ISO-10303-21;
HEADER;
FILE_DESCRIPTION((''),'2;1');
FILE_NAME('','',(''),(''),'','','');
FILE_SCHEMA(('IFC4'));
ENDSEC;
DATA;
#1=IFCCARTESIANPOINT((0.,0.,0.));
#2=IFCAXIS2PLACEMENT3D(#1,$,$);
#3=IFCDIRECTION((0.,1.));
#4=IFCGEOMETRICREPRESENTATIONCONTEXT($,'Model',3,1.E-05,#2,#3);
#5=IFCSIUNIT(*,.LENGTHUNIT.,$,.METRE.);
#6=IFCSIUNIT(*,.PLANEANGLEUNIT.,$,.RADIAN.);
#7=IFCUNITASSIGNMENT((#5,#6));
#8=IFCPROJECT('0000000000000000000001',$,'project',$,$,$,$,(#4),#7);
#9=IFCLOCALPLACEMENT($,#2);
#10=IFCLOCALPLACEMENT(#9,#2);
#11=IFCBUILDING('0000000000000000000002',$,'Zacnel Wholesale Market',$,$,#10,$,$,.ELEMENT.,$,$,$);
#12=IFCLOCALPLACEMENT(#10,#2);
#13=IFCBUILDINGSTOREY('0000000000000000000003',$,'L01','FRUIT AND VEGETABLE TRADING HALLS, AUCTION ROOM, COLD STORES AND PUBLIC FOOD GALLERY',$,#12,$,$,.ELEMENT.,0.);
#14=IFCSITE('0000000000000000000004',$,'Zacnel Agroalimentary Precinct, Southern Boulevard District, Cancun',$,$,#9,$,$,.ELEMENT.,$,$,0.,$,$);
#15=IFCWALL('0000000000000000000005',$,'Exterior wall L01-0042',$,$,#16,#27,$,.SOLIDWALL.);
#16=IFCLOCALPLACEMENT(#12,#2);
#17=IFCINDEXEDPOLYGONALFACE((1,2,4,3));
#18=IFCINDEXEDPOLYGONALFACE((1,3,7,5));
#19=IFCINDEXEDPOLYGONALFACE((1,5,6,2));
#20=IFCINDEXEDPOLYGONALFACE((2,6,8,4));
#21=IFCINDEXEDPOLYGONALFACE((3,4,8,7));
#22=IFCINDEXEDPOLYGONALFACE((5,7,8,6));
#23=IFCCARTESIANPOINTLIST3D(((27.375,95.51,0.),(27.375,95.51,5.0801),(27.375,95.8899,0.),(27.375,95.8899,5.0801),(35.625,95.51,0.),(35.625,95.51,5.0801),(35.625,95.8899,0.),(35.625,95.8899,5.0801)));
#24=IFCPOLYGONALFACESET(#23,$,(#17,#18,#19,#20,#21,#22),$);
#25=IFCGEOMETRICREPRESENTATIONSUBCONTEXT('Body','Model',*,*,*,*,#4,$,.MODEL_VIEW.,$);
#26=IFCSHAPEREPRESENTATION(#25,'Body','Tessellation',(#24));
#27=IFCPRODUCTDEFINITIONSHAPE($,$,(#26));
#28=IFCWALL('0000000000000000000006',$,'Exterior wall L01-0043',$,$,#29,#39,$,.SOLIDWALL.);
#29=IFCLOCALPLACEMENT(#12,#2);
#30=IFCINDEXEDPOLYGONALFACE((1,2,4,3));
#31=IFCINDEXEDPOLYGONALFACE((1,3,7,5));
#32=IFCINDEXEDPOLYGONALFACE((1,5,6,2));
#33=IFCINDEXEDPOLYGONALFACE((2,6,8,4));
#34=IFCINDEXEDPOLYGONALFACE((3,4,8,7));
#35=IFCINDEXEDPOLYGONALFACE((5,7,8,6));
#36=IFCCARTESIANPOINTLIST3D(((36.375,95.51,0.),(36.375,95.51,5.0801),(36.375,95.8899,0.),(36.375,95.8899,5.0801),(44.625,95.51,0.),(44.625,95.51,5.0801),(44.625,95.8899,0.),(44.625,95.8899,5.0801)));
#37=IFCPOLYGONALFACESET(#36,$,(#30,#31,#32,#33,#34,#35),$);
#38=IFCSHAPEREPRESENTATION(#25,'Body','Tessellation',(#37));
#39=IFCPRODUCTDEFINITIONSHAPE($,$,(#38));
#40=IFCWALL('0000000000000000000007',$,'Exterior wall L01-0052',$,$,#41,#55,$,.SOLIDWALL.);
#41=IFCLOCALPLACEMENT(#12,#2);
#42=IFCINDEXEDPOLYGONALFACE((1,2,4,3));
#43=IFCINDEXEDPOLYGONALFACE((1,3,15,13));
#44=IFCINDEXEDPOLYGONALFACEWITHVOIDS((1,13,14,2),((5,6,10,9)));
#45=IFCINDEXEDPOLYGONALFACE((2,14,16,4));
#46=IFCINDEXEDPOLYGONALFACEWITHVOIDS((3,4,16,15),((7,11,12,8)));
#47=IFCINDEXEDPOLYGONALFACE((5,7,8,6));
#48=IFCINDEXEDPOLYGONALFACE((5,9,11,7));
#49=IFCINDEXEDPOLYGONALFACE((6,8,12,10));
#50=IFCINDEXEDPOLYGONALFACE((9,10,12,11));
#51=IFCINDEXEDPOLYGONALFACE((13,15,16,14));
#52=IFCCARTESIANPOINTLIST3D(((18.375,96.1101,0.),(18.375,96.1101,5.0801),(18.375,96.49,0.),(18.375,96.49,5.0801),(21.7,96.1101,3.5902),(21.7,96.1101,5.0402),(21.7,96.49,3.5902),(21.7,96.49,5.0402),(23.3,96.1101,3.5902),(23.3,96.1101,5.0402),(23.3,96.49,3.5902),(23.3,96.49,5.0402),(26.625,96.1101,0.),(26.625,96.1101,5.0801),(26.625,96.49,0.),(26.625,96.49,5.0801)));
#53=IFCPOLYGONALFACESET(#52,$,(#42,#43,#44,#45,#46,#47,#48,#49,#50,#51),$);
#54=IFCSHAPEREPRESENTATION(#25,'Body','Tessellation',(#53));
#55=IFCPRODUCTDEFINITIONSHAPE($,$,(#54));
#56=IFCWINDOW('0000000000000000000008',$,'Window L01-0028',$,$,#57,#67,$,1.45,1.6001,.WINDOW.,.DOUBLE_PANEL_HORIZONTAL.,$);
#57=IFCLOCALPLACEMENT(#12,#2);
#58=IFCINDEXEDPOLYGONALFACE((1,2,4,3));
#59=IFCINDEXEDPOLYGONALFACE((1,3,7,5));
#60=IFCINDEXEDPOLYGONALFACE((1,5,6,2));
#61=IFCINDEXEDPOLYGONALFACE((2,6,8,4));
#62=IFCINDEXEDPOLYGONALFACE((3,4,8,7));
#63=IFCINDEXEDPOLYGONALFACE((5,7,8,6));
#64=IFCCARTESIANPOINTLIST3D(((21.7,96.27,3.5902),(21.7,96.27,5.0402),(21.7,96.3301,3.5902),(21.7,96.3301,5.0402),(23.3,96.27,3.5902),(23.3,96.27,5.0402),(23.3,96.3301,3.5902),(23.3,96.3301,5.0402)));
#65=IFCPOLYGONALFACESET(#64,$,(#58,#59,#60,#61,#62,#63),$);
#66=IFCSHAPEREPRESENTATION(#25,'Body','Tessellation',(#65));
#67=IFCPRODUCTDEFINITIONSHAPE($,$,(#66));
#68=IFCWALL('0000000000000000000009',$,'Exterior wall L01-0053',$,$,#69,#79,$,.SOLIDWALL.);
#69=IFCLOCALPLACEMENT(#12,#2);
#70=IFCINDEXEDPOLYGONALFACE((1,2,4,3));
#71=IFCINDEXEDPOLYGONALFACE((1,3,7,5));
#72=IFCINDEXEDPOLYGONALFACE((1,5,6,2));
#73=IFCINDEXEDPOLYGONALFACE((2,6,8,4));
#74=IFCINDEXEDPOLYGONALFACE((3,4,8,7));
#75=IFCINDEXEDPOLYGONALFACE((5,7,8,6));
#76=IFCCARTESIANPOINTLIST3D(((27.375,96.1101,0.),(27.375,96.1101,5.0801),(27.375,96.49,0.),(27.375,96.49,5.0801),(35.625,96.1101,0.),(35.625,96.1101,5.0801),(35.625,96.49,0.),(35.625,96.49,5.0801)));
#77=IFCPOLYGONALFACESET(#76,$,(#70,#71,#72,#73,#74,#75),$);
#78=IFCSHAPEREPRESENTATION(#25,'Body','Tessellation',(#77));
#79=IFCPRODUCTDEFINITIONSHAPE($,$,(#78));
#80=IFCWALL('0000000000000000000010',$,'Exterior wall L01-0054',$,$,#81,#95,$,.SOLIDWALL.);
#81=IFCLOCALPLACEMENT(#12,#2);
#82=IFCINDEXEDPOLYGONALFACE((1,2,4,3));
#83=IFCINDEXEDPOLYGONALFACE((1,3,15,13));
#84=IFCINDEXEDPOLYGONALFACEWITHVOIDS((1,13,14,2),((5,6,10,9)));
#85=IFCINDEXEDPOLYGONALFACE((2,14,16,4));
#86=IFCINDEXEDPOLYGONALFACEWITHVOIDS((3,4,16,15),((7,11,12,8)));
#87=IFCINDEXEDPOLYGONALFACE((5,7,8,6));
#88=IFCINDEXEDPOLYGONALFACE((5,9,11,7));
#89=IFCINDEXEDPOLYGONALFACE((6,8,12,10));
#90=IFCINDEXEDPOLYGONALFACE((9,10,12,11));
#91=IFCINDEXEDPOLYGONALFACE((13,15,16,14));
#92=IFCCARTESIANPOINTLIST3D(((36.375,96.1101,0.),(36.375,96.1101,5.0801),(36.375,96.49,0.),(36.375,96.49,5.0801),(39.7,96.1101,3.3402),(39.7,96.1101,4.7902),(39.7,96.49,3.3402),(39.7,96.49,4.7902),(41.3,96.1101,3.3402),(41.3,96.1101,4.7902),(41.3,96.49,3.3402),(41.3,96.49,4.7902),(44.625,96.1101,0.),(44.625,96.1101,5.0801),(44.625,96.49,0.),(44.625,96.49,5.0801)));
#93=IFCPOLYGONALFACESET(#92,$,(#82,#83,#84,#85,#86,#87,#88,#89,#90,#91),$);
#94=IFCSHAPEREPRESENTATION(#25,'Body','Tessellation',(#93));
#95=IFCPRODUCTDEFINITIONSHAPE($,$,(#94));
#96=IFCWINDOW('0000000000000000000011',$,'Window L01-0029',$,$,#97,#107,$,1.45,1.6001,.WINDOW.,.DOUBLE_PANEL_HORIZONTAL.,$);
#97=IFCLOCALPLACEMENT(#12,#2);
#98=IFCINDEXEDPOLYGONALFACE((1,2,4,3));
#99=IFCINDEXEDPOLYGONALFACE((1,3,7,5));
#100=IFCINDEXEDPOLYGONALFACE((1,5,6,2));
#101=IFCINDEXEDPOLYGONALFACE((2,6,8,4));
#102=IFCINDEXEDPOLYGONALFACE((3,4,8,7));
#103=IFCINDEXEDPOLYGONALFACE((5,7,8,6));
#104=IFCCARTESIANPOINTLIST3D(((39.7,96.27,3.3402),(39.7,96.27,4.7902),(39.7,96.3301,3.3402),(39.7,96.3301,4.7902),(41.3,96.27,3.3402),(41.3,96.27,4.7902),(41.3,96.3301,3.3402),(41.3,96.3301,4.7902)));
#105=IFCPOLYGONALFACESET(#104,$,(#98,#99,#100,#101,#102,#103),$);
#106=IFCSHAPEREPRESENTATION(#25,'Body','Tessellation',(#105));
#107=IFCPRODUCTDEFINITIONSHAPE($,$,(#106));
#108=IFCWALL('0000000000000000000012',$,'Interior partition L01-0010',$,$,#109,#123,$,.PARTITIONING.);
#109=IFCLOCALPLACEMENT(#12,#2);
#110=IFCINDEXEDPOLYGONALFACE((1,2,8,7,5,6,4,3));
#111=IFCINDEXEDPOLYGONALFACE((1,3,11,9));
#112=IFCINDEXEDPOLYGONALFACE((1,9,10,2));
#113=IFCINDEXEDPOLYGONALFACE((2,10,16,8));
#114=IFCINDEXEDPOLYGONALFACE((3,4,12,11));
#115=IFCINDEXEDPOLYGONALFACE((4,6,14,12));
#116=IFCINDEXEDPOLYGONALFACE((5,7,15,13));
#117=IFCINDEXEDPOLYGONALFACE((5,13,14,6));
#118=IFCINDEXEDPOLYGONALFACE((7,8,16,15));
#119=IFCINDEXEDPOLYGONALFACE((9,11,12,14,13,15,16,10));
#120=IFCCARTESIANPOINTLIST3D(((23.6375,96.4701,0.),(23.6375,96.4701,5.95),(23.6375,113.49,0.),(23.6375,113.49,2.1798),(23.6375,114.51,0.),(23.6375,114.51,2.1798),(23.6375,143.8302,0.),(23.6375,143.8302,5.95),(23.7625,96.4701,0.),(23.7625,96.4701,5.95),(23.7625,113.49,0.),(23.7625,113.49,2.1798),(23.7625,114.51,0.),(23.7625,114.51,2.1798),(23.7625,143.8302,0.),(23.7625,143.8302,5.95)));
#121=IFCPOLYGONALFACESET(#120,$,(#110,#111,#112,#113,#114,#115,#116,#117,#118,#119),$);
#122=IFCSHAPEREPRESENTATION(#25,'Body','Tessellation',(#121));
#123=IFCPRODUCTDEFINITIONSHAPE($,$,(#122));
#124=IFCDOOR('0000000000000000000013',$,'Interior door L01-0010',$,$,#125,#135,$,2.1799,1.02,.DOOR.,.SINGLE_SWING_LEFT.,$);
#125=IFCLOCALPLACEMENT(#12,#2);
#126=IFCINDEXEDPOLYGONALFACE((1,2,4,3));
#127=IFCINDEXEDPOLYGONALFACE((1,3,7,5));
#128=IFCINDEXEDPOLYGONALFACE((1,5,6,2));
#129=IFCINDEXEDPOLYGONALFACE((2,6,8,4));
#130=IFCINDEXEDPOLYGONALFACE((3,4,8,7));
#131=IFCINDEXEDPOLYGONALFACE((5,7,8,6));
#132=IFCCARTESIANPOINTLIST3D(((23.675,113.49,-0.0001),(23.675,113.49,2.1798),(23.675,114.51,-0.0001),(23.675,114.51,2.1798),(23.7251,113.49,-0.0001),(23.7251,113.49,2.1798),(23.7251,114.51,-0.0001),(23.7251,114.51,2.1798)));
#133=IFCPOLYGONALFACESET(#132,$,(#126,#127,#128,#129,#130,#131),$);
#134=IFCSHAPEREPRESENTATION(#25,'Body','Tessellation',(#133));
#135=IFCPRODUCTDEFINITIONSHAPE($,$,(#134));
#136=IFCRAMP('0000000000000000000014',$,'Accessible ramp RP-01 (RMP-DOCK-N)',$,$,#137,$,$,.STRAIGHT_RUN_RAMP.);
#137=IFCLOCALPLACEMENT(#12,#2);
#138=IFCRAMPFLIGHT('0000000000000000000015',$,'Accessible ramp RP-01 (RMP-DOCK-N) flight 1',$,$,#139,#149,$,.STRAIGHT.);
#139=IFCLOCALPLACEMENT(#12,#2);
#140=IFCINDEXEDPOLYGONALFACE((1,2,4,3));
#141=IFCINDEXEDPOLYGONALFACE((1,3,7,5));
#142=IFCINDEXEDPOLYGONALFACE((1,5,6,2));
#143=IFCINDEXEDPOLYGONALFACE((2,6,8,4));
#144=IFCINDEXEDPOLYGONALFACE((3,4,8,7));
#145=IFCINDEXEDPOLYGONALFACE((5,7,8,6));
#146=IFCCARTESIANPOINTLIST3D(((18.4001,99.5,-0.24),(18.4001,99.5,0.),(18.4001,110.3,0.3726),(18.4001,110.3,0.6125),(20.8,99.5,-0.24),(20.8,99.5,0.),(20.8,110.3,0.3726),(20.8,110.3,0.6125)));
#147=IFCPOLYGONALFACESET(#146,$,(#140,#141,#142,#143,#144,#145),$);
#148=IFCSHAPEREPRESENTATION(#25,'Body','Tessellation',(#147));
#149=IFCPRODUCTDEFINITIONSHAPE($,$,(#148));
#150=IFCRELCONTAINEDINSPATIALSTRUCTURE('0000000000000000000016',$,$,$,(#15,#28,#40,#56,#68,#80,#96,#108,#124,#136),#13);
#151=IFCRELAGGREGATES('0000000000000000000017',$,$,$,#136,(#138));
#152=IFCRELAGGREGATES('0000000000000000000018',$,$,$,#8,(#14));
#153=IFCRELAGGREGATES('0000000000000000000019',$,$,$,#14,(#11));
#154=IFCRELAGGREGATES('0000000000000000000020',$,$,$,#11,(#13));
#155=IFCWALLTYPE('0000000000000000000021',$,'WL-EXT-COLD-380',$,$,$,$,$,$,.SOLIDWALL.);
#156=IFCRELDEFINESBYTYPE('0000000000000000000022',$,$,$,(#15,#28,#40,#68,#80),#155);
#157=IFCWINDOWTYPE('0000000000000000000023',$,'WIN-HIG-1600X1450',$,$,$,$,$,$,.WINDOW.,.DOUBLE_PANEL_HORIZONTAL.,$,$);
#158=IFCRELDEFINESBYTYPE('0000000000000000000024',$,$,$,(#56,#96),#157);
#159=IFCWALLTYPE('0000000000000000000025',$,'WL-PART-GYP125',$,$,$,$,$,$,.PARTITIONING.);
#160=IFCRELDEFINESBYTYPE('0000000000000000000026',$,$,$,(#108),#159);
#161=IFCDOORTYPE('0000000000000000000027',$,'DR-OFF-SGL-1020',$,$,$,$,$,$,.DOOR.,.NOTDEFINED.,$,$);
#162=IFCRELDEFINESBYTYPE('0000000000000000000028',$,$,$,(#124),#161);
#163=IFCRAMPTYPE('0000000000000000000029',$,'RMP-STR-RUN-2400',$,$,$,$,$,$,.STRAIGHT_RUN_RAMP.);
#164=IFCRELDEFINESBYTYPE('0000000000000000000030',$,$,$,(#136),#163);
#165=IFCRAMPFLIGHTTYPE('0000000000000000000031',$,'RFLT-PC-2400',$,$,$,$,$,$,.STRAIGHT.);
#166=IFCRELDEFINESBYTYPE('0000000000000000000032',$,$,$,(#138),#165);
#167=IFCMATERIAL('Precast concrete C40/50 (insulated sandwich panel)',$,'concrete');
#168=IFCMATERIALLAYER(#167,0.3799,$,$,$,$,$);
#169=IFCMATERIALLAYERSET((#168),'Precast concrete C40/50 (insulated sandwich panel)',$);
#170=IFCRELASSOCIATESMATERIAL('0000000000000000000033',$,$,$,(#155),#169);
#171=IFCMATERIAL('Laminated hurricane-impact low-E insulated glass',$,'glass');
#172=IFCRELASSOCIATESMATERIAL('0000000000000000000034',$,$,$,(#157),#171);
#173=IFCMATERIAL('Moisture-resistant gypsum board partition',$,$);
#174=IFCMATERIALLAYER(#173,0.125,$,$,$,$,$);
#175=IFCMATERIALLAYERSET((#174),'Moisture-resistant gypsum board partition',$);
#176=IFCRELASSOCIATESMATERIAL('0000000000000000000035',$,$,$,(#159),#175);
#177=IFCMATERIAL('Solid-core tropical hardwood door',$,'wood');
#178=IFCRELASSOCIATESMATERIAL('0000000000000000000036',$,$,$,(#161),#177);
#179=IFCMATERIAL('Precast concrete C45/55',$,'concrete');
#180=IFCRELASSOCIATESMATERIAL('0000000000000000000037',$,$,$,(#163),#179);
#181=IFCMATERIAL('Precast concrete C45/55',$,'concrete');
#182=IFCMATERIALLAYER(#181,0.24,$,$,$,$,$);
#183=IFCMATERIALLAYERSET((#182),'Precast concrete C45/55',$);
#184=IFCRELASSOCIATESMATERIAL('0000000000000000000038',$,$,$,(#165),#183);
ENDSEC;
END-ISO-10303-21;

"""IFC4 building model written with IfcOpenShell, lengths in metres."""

from ifc_helpers import new_model, si_unit, direction, frame, frame_2d, origin, place, context, subcontext, project, spatial, polyline, rectangle, outline, extrude, material, layer, layer_set, type_object, element, fill, aggregate, save


model = new_model("IFC4")

# Units and contexts
model_context = context("Model", 3, precision=1e-05, world=origin(), true_north=direction((0.0, 1.0)))
body_context = subcontext(model_context, "Body", "Model", "MODEL_VIEW")
ifc_project = project(units=[si_unit("LENGTHUNIT", "METRE"), si_unit("PLANEANGLEUNIT", "RADIAN")], contexts=[model_context])

# Site, building, storey
site_placement = place(None, origin())
site = spatial("IfcSite", under=ifc_project, at=site_placement, Name="Zacnel Agroalimentary Precinct, Southern Boulevard District, Cancun", CompositionType="ELEMENT", RefElevation=0.0)
building_placement = place(site_placement, origin())
building = spatial("IfcBuilding", under=site, at=building_placement, Name="Zacnel Wholesale Market", CompositionType="ELEMENT")
storey_placement = place(building_placement, origin())
storey = spatial("IfcBuildingStorey", under=building, at=storey_placement, Name="L01", Description="FRUIT AND VEGETABLE TRADING HALLS, AUCTION ROOM, COLD STORES AND PUBLIC FOOD GALLERY", CompositionType="ELEMENT", Elevation=0.0)

# Walls
ifc_material_1 = material(Name="Precast concrete C40/50 (insulated sandwich panel)", Category="concrete")
ifc_layer_1 = layer(ifc_material_1, 0.3799)
ifc_layer_set_1 = layer_set([ifc_layer_1], Name="Precast concrete C40/50 (insulated sandwich panel)")
wall_type_1 = type_object("IfcWallType", Name="WL-EXT-COLD-380", PredefinedType="SOLIDWALL", material=ifc_layer_set_1)
for number, where, z_axis, x_axis, name in (
    (1, (27.375, 95.7, 0.0), (0.0, 0.0, 1.0), (1.0, 0.0, 0.0), "Exterior wall L01-0042"),
    (2, (36.375, 95.7, 0.0), (0.0, 0.0, 1.0), (1.0, 0.0, 0.0), "Exterior wall L01-0043"),
):
    element("IfcWall", number, at=place(storey_placement, frame(where, z_axis=z_axis, x_axis=x_axis)), inside=storey, type_object=wall_type_1, Name=name, PredefinedType="SOLIDWALL", context=body_context, shape_type="SweptSolid", body=[
        extrude(rectangle(XDim=8.25, YDim=0.3799, at=frame_2d((4.125, 0.0))), origin(), (0.0, 0.0, 1.0), 5.0801),
    ])

# Wall, opening, window
wall_1_placement = place(storey_placement, frame((18.375, 96.3, 0.0), z_axis=(0.0, 0.0, 1.0), x_axis=(1.0, 0.0, 0.0)))
wall_1 = element("IfcWall", 3, at=wall_1_placement, inside=storey, type_object=wall_type_1, Name="Exterior wall L01-0052", PredefinedType="SOLIDWALL", context=body_context, shape_type="SweptSolid", body=[
    extrude(rectangle(XDim=8.25, YDim=0.3799, at=frame_2d((4.125, 0.0))), origin(), (0.0, 0.0, 1.0), 5.0801),
])
opening_1_placement = place(wall_1_placement, frame((3.325, 0.0, 3.5901)))
opening_1 = element("IfcOpeningElement", 4, at=opening_1_placement, cuts=wall_1, PredefinedType="OPENING", context=body_context, shape_type="SweptSolid", body=[
    extrude(rectangle(XDim=1.6001, YDim=1.45, at=frame_2d((0.8, 0.7251))), frame((0.0, 0.2, 0.0), z_axis=(0.0, -1.0, 0.0), x_axis=(1.0, 0.0, 0.0)), (0.0, 0.0, 1.0), 0.3999),
])
ifc_material_2 = material(Name="Laminated hurricane-impact low-E insulated glass", Category="glass")
window_type = type_object("IfcWindowType", Name="WIN-HIG-1600X1450", PartitioningType="DOUBLE_PANEL_HORIZONTAL", PredefinedType="WINDOW", material=ifc_material_2)
window_1_placement = place(opening_1_placement, origin())
window_1 = element("IfcWindow", 5, at=window_1_placement, inside=storey, type_object=window_type, Name="Window L01-0028", OverallHeight=1.45, OverallWidth=1.6001, PartitioningType="DOUBLE_PANEL_HORIZONTAL", PredefinedType="WINDOW", context=body_context, shape_type="SweptSolid", body=[
    extrude(rectangle(XDim=1.6001, YDim=1.45, at=frame_2d((0.8, 0.7251))), frame((0.0, 0.03, 0.0), z_axis=(0.0, -1.0, 0.0), x_axis=(1.0, 0.0, 0.0)), (0.0, 0.0, 1.0), 0.0601),
])
fill(opening_1, window_1)

# Wall
wall_2_placement = place(storey_placement, frame((27.375, 96.3, 0.0), z_axis=(0.0, 0.0, 1.0), x_axis=(1.0, 0.0, 0.0)))
element("IfcWall", 6, at=wall_2_placement, inside=storey, type_object=wall_type_1, Name="Exterior wall L01-0053", PredefinedType="SOLIDWALL", context=body_context, shape_type="SweptSolid", body=[
    extrude(rectangle(XDim=8.25, YDim=0.3799, at=frame_2d((4.125, 0.0))), origin(), (0.0, 0.0, 1.0), 5.0801),
])

# Wall, opening, window
wall_3_placement = place(storey_placement, frame((36.375, 96.3, 0.0), z_axis=(0.0, 0.0, 1.0), x_axis=(1.0, 0.0, 0.0)))
wall_3 = element("IfcWall", 7, at=wall_3_placement, inside=storey, type_object=wall_type_1, Name="Exterior wall L01-0054", PredefinedType="SOLIDWALL", context=body_context, shape_type="SweptSolid", body=[
    extrude(rectangle(XDim=8.25, YDim=0.3799, at=frame_2d((4.125, 0.0))), origin(), (0.0, 0.0, 1.0), 5.0801),
])
opening_2_placement = place(wall_3_placement, frame((3.325, 0.0, 3.3401)))
opening_2 = element("IfcOpeningElement", 8, at=opening_2_placement, cuts=wall_3, PredefinedType="OPENING", context=body_context, shape_type="SweptSolid", body=[
    extrude(rectangle(XDim=1.6001, YDim=1.45, at=frame_2d((0.8, 0.7251))), frame((0.0, 0.2, 0.0), z_axis=(0.0, -1.0, 0.0), x_axis=(1.0, 0.0, 0.0)), (0.0, 0.0, 1.0), 0.3999),
])
window_2_placement = place(opening_2_placement, origin())
window_2 = element("IfcWindow", 9, at=window_2_placement, inside=storey, type_object=window_type, Name="Window L01-0029", OverallHeight=1.45, OverallWidth=1.6001, PartitioningType="DOUBLE_PANEL_HORIZONTAL", PredefinedType="WINDOW", context=body_context, shape_type="SweptSolid", body=[
    extrude(rectangle(XDim=1.6001, YDim=1.45, at=frame_2d((0.8, 0.7251))), frame((0.0, 0.03, 0.0), z_axis=(0.0, -1.0, 0.0), x_axis=(1.0, 0.0, 0.0)), (0.0, 0.0, 1.0), 0.0601),
])
fill(opening_2, window_2)

# Wall, opening, door
ifc_material_3 = material(Name="Moisture-resistant gypsum board partition")
ifc_layer_2 = layer(ifc_material_3, 0.125)
ifc_layer_set_2 = layer_set([ifc_layer_2], Name="Moisture-resistant gypsum board partition")
wall_type_2 = type_object("IfcWallType", Name="WL-PART-GYP125", PredefinedType="PARTITIONING", material=ifc_layer_set_2)
wall_4_placement = place(storey_placement, frame((23.7, 96.47, 0.0), z_axis=(0.0, 0.0, 1.0), x_axis=(0.0, 1.0, 0.0)))
wall_4 = element("IfcWall", 10, at=wall_4_placement, inside=storey, type_object=wall_type_2, Name="Interior partition L01-0010", PredefinedType="PARTITIONING", context=body_context, shape_type="SweptSolid", body=[
    extrude(rectangle(XDim=47.3601, YDim=0.125, at=frame_2d((23.6802, 0.0))), origin(), (0.0, 0.0, 1.0), 5.95),
])
opening_3_placement = place(wall_4_placement, frame((17.02, 0.0, 0.0)))
opening_3 = element("IfcOpeningElement", 11, at=opening_3_placement, cuts=wall_4, PredefinedType="OPENING", context=body_context, shape_type="SweptSolid", body=[
    extrude(rectangle(XDim=1.02, YDim=2.1799, at=frame_2d((0.51, 1.0898))), frame((0.0, 0.0725, 0.0), z_axis=(0.0, -1.0, 0.0), x_axis=(1.0, 0.0, 0.0)), (0.0, 0.0, 1.0), 0.145),
])
ifc_material_4 = material(Name="Solid-core tropical hardwood door", Category="wood")
door_type = type_object("IfcDoorType", Name="DR-OFF-SGL-1020", OperationType="NOTDEFINED", PredefinedType="DOOR", material=ifc_material_4)
door_placement = place(opening_3_placement, origin())
door = element("IfcDoor", 12, at=door_placement, inside=storey, type_object=door_type, Name="Interior door L01-0010", OperationType="SINGLE_SWING_LEFT", OverallHeight=2.1799, OverallWidth=1.02, PredefinedType="DOOR", context=body_context, shape_type="SweptSolid", body=[
    extrude(rectangle(XDim=1.02, YDim=2.1799, at=frame_2d((0.51, 1.0898))), frame((0.0, 0.0249, 0.0), z_axis=(0.0, -1.0, 0.0), x_axis=(1.0, 0.0, 0.0)), (0.0, 0.0, 1.0), 0.05),
])
fill(opening_3, door)

# Ramp, ramp flight
ifc_material_5 = material(Name="Precast concrete C45/55", Category="concrete")
ramp_type = type_object("IfcRampType", Name="RMP-STR-RUN-2400", PredefinedType="STRAIGHT_RUN_RAMP", material=ifc_material_5)
ramp_placement = place(storey_placement, origin())
ramp = element("IfcRamp", 13, at=ramp_placement, inside=storey, type_object=ramp_type, Name="Accessible ramp RP-01 (RMP-DOCK-N)", PredefinedType="STRAIGHT_RUN_RAMP")
ifc_material_6 = material(Name="Precast concrete C45/55", Category="concrete")
ifc_layer_3 = layer(ifc_material_6, 0.24)
ifc_layer_set_3 = layer_set([ifc_layer_3], Name="Precast concrete C45/55")
ramp_flight_type = type_object("IfcRampFlightType", Name="RFLT-PC-2400", PredefinedType="STRAIGHT", material=ifc_layer_set_3)
ramp_flight_placement = place(storey_placement, frame((19.6001, 99.5, 0.0), z_axis=(0.0, 0.0, 1.0), x_axis=(0.0, 1.0, 0.0)))
ramp_flight = element("IfcRampFlight", 14, at=ramp_flight_placement, type_object=ramp_flight_type, Name="Accessible ramp RP-01 (RMP-DOCK-N) flight 1", PredefinedType="STRAIGHT", context=body_context, shape_type="SweptSolid", body=[
    extrude(outline(polyline([(0.0, 0.0), (10.8, 0.6125), (10.8, 0.3726), (0.0, -0.24), (0.0, 0.0)])), frame((0.0, 1.2, 0.0), z_axis=(0.0, -1.0, 0.0), x_axis=(1.0, 0.0, 0.0)), (0.0, 0.0, 1.0), 2.3999),
])
aggregate(ramp, [ramp_flight])

save(model, "model.ifc")
